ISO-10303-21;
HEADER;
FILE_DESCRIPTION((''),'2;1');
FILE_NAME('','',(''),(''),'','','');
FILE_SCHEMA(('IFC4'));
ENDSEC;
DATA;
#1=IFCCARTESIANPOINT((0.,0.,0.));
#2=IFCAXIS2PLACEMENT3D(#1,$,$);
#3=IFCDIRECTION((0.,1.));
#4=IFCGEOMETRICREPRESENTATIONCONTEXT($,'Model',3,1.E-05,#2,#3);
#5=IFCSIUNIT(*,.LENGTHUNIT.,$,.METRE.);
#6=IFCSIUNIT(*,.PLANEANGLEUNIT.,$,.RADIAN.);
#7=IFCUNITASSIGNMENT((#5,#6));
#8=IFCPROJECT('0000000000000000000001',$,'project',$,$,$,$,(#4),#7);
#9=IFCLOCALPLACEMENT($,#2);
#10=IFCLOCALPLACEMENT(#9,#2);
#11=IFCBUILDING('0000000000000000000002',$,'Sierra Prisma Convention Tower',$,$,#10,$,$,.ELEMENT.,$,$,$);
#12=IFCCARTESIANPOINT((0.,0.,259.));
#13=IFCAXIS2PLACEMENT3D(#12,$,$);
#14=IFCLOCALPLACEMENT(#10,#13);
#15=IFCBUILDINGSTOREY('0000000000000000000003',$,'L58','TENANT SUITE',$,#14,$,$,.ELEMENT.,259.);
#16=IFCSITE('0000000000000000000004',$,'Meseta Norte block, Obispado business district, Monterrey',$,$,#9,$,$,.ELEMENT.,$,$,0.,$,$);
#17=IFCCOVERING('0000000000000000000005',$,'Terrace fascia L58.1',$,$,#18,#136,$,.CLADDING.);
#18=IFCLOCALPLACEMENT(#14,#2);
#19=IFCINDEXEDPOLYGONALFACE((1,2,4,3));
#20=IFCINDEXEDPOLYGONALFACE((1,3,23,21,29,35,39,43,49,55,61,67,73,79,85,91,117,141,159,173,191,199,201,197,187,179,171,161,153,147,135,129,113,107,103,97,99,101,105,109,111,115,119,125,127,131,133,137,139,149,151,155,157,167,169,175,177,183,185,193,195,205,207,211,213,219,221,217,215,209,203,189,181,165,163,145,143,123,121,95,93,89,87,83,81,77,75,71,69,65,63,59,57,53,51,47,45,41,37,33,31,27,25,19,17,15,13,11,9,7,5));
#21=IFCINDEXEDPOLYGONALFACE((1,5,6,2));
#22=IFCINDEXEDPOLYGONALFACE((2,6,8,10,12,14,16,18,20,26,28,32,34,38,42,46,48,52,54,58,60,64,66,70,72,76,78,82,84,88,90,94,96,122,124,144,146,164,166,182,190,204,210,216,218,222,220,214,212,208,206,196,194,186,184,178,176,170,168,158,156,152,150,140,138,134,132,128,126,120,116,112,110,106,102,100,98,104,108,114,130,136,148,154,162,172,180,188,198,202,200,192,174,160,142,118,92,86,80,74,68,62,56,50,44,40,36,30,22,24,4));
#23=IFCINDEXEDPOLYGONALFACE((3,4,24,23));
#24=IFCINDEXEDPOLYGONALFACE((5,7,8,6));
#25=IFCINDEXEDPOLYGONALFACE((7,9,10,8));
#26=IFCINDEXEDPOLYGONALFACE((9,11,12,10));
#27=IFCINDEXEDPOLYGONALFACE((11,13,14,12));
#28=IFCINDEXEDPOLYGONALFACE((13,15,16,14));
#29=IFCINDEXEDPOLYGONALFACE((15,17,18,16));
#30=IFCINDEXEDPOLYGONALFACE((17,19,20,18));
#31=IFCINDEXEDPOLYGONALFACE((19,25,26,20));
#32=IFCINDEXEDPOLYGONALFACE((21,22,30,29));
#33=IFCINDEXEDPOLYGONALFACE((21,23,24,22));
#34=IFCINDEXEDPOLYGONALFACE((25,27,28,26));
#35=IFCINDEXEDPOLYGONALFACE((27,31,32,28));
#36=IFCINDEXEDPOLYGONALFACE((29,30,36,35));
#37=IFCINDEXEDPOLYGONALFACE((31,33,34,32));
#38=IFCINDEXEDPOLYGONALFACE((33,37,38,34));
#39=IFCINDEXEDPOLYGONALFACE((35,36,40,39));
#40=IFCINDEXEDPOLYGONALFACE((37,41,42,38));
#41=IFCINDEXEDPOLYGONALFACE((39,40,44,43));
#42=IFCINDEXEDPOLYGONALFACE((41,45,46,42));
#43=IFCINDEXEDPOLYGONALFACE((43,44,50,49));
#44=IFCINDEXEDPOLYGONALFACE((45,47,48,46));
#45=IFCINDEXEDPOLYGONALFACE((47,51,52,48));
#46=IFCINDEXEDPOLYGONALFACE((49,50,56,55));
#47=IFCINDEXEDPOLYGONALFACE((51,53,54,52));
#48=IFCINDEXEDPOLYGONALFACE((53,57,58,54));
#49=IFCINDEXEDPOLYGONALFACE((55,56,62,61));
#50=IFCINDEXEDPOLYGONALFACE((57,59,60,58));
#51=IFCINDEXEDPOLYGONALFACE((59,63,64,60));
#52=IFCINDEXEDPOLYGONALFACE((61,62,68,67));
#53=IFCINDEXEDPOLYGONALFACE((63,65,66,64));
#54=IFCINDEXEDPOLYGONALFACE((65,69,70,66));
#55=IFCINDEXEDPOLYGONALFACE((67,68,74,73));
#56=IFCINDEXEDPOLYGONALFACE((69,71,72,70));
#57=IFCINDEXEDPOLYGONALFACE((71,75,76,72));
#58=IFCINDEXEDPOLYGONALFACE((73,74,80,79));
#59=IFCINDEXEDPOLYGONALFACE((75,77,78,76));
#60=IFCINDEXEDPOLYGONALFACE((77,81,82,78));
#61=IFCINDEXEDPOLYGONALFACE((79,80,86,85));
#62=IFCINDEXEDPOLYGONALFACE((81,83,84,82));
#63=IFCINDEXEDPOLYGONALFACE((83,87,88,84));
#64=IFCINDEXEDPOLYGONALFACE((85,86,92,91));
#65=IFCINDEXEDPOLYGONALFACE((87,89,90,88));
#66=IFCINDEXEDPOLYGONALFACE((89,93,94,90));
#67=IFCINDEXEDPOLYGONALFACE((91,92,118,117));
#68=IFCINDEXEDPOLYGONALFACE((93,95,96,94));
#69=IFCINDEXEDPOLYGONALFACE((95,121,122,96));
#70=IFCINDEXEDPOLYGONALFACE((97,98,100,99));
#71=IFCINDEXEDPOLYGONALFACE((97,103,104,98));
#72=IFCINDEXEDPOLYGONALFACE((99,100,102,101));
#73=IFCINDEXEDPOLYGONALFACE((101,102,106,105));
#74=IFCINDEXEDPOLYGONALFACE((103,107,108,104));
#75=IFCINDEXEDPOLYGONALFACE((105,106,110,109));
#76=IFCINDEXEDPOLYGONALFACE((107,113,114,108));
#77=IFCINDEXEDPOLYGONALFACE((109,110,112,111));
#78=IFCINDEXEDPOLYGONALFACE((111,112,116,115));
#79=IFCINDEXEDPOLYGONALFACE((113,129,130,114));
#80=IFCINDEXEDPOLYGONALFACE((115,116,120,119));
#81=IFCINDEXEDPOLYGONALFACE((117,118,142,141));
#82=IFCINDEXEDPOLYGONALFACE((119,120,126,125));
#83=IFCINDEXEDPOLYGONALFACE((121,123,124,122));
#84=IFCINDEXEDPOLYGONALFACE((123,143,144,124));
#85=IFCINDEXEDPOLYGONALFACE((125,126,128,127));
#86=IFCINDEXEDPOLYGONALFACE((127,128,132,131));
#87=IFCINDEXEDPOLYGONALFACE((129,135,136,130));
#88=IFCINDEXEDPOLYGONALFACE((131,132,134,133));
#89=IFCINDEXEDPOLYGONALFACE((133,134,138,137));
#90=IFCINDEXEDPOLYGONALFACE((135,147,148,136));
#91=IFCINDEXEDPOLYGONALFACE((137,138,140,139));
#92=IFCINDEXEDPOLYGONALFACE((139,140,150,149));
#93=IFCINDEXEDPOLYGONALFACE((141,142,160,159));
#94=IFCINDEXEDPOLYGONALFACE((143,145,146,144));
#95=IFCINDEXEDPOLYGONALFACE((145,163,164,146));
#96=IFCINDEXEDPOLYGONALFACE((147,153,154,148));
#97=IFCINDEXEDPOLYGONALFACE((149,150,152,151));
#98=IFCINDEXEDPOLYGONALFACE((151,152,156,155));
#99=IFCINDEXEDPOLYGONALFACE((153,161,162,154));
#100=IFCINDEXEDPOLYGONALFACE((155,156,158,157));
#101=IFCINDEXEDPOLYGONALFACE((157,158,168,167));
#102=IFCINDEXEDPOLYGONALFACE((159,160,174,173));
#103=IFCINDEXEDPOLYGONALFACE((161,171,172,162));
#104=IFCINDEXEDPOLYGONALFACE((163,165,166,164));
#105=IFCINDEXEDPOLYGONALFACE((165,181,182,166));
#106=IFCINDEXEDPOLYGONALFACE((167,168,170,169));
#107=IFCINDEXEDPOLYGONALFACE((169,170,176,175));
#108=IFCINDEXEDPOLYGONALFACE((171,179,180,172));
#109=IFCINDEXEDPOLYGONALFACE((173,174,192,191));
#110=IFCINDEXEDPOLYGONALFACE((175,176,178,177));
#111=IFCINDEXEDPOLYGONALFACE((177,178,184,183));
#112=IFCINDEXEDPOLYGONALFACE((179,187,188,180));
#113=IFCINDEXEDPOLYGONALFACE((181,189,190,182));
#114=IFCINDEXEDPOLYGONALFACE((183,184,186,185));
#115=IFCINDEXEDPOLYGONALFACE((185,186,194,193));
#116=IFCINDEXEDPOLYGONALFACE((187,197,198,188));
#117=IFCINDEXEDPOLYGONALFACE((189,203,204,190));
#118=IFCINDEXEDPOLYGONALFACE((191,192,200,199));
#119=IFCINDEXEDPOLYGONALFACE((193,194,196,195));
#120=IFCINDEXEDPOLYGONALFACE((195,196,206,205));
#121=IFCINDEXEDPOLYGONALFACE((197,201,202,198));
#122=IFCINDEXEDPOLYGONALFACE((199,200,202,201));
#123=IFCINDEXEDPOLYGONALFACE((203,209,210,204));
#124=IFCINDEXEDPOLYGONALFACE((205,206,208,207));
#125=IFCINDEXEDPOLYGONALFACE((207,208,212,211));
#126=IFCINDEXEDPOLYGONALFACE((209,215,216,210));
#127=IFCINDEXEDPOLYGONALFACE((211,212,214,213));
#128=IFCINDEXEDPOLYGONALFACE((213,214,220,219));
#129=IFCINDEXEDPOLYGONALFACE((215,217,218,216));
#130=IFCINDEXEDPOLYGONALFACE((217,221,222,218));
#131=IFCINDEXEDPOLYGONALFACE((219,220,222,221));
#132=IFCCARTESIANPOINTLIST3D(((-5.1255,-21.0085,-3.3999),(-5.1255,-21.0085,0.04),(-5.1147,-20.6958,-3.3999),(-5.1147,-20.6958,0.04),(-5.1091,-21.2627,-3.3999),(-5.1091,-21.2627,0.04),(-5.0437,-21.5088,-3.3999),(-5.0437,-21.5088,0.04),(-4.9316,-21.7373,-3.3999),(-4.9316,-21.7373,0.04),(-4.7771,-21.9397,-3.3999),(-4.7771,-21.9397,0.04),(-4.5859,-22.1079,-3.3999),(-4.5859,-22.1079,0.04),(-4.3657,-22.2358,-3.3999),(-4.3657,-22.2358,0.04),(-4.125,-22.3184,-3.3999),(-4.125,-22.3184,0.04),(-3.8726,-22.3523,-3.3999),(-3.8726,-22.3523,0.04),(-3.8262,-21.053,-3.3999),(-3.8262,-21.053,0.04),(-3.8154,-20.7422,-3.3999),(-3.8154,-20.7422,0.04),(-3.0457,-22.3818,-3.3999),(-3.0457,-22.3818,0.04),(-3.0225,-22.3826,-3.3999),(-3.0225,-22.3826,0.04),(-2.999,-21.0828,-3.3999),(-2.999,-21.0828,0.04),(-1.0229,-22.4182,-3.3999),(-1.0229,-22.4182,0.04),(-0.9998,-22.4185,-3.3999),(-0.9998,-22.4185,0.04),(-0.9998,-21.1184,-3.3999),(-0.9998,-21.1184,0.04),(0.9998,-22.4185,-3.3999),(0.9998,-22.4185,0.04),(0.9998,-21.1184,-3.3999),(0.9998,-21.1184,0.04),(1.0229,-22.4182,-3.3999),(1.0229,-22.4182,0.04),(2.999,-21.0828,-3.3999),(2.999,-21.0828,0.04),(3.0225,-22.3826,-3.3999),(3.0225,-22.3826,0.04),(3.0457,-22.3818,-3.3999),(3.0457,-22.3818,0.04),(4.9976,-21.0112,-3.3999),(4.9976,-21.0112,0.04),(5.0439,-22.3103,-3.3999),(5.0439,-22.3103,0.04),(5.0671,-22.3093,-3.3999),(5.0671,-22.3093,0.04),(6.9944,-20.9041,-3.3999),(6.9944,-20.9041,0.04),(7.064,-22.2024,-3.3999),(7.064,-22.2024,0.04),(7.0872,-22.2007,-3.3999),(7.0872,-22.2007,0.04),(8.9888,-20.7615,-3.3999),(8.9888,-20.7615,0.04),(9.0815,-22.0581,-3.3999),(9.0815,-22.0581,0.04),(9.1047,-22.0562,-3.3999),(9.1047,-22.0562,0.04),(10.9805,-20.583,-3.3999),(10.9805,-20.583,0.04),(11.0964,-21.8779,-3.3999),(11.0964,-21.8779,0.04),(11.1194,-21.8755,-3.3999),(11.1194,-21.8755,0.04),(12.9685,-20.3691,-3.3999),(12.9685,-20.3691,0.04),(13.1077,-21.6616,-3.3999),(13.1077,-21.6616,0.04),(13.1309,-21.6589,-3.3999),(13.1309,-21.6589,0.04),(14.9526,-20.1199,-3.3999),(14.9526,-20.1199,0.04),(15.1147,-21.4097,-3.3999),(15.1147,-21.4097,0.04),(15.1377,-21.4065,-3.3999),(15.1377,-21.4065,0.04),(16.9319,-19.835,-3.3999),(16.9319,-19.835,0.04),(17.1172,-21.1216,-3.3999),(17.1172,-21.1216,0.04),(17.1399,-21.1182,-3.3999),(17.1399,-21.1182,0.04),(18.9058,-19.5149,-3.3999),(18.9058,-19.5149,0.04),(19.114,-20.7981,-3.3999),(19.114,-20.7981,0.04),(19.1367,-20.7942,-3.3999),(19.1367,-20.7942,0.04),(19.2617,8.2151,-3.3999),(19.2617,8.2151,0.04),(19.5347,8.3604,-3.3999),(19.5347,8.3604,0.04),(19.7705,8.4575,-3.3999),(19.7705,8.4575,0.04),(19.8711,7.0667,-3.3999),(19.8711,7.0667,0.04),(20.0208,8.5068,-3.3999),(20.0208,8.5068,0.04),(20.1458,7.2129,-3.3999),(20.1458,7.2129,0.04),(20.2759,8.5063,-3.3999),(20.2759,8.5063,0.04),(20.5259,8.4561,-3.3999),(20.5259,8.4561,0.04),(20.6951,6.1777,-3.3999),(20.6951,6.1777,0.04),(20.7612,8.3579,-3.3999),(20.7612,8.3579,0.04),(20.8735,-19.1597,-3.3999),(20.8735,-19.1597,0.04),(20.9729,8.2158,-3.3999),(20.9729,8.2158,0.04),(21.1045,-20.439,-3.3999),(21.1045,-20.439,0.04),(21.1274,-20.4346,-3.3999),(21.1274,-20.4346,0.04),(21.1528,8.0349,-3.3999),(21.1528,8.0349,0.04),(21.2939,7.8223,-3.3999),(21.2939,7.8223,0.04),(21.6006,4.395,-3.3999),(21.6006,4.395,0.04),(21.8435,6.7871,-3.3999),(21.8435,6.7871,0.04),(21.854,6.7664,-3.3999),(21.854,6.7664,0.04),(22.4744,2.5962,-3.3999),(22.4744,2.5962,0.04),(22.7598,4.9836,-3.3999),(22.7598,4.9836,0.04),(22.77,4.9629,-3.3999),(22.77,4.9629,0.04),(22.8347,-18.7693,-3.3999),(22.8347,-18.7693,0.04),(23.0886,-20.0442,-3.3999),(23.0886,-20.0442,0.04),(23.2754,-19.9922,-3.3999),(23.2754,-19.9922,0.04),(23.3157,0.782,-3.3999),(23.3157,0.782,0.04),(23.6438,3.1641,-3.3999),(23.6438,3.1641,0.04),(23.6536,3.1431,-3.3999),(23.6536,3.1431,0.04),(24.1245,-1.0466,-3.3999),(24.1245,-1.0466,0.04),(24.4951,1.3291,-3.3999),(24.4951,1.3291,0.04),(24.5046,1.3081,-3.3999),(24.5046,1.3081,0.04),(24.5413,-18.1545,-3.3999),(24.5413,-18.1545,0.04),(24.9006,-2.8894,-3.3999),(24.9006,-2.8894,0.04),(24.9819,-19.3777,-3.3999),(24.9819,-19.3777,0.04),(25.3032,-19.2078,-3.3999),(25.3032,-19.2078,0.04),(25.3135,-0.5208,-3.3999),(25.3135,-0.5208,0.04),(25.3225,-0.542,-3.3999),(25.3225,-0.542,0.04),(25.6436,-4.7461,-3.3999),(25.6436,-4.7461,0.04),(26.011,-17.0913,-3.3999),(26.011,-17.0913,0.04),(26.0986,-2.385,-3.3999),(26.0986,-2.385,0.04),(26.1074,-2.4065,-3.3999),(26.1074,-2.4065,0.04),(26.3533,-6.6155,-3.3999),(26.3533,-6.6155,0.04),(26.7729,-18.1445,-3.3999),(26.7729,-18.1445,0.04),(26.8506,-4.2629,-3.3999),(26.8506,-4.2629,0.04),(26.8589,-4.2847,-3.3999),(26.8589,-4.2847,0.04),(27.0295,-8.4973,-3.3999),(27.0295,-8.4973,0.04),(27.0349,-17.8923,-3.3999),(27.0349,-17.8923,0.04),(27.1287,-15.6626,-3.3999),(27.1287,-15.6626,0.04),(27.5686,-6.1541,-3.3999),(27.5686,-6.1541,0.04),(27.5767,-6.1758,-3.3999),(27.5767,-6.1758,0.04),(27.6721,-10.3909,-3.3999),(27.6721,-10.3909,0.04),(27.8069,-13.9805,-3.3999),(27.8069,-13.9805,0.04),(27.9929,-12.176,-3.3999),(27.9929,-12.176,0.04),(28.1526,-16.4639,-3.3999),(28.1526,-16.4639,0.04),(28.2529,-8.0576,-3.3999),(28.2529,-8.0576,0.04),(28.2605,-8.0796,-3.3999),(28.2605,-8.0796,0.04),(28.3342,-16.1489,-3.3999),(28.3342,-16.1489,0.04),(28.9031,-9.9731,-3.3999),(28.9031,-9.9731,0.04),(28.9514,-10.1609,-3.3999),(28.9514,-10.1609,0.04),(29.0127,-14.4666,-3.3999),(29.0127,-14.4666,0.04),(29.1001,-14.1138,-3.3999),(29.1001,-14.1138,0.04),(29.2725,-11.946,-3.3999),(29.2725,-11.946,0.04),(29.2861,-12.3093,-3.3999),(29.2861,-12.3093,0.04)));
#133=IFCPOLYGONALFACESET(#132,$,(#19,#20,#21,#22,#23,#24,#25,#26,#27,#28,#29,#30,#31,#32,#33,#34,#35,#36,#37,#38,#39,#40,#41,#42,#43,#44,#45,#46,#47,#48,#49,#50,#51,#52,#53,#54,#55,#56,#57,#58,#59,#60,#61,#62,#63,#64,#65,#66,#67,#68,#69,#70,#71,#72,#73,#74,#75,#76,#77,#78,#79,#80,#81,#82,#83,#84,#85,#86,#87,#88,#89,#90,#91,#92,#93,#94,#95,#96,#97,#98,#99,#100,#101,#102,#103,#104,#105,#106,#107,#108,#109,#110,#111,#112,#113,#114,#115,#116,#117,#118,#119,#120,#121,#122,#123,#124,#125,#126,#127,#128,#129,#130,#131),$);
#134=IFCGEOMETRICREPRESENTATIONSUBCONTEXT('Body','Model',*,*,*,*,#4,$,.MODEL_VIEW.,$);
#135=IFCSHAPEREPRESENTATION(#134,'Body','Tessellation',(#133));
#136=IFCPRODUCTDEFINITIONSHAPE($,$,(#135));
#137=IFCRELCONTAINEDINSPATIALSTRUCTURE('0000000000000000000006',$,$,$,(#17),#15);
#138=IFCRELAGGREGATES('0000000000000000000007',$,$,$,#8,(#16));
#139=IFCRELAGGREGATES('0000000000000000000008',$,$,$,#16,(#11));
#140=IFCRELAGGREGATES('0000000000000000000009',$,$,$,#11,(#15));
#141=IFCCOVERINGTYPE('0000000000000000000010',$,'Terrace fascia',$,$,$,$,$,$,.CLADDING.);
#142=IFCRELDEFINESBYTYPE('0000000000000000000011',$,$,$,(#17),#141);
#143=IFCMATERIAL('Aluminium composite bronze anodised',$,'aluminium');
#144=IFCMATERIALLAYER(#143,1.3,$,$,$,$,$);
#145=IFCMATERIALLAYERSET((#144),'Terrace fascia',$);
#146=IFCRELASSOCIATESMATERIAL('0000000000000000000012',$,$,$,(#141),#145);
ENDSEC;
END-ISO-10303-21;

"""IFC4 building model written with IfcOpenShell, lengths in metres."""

from ifc_helpers import new_model, si_unit, direction, frame, origin, place, context, subcontext, project, spatial, polyline, outline, extrude, material, layer, layer_set, type_object, element, save


model = new_model("IFC4")

# Units and contexts
model_context = context("Model", 3, precision=1e-05, world=origin(), true_north=direction((0.0, 1.0)))
body_context = subcontext(model_context, "Body", "Model", "MODEL_VIEW")
ifc_project = project(units=[si_unit("LENGTHUNIT", "METRE"), si_unit("PLANEANGLEUNIT", "RADIAN")], contexts=[model_context])

# Site, building, storey
site_placement = place(None, origin())
site = spatial("IfcSite", under=ifc_project, at=site_placement, Name="Meseta Norte block, Obispado business district, Monterrey", CompositionType="ELEMENT", RefElevation=0.0)
building_placement = place(site_placement, origin())
building = spatial("IfcBuilding", under=site, at=building_placement, Name="Sierra Prisma Convention Tower", CompositionType="ELEMENT")
storey_placement = place(building_placement, frame((0.0, 0.0, 259.0)))
storey = spatial("IfcBuildingStorey", under=building, at=storey_placement, Name="L58", Description="TENANT SUITE", CompositionType="ELEMENT", Elevation=259.0)

# Covering
ifc_material_1 = material(Name="Aluminium composite bronze anodised", Category="aluminium")
ifc_layer_1 = layer(ifc_material_1, 1.3)
ifc_layer_set_1 = layer_set([ifc_layer_1], Name="Terrace fascia")
covering_type_1 = type_object("IfcCoveringType", Name="Terrace fascia", PredefinedType="CLADDING", material=ifc_layer_set_1)
covering_1_placement = place(storey_placement, frame((0.0, 0.0, -3.3999)))
element("IfcCovering", 1, at=covering_1_placement, inside=storey, type_object=covering_type_1, Name="Terrace fascia L58.1", PredefinedType="CLADDING", context=body_context, shape_type="SweptSolid", body=[
    extrude(outline(polyline([(19.5347, 8.3604), (19.7705, 8.4575), (20.0208, 8.5068), (20.2759, 8.5063), (20.5259, 8.4561), (20.7612, 8.3579), (20.9729, 8.2158), (21.1528, 8.0349), (21.2939, 7.8223), (21.8435, 6.7871), (21.854, 6.7664), (22.7598, 4.9836), (22.77, 4.9629), (23.6438, 3.1641), (23.6536, 3.1431), (24.4951, 1.3291), (24.5046, 1.3081), (25.3135, -0.5208), (25.3225, -0.542), (26.0986, -2.385), (26.1074, -2.4065), (26.8506, -4.2629), (26.8589, -4.2847), (27.5686, -6.1541), (27.5767, -6.1758), (28.2529, -8.0576), (28.2605, -8.0796), (28.9031, -9.9731), (28.9514, -10.1609), (29.2725, -11.946), (29.2861, -12.3093), (29.1001, -14.1138), (29.0127, -14.4666), (28.3342, -16.1489), (28.1526, -16.4639), (27.0349, -17.8923), (26.7729, -18.1445), (25.3032, -19.2078), (24.9819, -19.3777), (23.2754, -19.9922), (23.0886, -20.0442), (21.1274, -20.4346), (21.1045, -20.439), (19.1367, -20.7942), (19.114, -20.7981), (17.1399, -21.1182), (17.1172, -21.1216), (15.1377, -21.4065), (15.1147, -21.4097), (13.1309, -21.6589), (13.1077, -21.6616), (11.1194, -21.8755), (11.0964, -21.8779), (9.1047, -22.0562), (9.0815, -22.0581), (7.0872, -22.2007), (7.064, -22.2024), (5.0671, -22.3093), (5.0439, -22.3103), (3.0457, -22.3818), (3.0225, -22.3826), (1.0229, -22.4182), (0.9998, -22.4185), (-0.9998, -22.4185), (-1.0229, -22.4182), (-3.0225, -22.3826), (-3.0457, -22.3818), (-3.8726, -22.3523), (-4.125, -22.3184), (-4.3657, -22.2358), (-4.5859, -22.1079), (-4.7771, -21.9397), (-4.9316, -21.7373), (-5.0437, -21.5088), (-5.1091, -21.2627), (-5.1255, -21.0085), (-5.1147, -20.6958), (-3.8154, -20.7422), (-3.8262, -21.053), (-2.999, -21.0828), (-0.9998, -21.1184), (0.9998, -21.1184), (2.999, -21.0828), (4.9976, -21.0112), (6.9944, -20.9041), (8.9888, -20.7615), (10.9805, -20.583), (12.9685, -20.3691), (14.9526, -20.1199), (16.9319, -19.835), (18.9058, -19.5149), (20.8735, -19.1597), (22.8347, -18.7693), (24.5413, -18.1545), (26.011, -17.0913), (27.1287, -15.6626), (27.8069, -13.9805), (27.9929, -12.176), (27.6721, -10.3909), (27.0295, -8.4973), (26.3533, -6.6155), (25.6436, -4.7461), (24.9006, -2.8894), (24.1245, -1.0466), (23.3157, 0.782), (22.4744, 2.5962), (21.6006, 4.395), (20.6951, 6.1777), (20.1458, 7.2129), (19.8711, 7.0667), (19.2617, 8.2151), (19.5347, 8.3604)])), origin(), (0.0, 0.0, 1.0), 3.4399),
])

save(model, "model.ifc")
